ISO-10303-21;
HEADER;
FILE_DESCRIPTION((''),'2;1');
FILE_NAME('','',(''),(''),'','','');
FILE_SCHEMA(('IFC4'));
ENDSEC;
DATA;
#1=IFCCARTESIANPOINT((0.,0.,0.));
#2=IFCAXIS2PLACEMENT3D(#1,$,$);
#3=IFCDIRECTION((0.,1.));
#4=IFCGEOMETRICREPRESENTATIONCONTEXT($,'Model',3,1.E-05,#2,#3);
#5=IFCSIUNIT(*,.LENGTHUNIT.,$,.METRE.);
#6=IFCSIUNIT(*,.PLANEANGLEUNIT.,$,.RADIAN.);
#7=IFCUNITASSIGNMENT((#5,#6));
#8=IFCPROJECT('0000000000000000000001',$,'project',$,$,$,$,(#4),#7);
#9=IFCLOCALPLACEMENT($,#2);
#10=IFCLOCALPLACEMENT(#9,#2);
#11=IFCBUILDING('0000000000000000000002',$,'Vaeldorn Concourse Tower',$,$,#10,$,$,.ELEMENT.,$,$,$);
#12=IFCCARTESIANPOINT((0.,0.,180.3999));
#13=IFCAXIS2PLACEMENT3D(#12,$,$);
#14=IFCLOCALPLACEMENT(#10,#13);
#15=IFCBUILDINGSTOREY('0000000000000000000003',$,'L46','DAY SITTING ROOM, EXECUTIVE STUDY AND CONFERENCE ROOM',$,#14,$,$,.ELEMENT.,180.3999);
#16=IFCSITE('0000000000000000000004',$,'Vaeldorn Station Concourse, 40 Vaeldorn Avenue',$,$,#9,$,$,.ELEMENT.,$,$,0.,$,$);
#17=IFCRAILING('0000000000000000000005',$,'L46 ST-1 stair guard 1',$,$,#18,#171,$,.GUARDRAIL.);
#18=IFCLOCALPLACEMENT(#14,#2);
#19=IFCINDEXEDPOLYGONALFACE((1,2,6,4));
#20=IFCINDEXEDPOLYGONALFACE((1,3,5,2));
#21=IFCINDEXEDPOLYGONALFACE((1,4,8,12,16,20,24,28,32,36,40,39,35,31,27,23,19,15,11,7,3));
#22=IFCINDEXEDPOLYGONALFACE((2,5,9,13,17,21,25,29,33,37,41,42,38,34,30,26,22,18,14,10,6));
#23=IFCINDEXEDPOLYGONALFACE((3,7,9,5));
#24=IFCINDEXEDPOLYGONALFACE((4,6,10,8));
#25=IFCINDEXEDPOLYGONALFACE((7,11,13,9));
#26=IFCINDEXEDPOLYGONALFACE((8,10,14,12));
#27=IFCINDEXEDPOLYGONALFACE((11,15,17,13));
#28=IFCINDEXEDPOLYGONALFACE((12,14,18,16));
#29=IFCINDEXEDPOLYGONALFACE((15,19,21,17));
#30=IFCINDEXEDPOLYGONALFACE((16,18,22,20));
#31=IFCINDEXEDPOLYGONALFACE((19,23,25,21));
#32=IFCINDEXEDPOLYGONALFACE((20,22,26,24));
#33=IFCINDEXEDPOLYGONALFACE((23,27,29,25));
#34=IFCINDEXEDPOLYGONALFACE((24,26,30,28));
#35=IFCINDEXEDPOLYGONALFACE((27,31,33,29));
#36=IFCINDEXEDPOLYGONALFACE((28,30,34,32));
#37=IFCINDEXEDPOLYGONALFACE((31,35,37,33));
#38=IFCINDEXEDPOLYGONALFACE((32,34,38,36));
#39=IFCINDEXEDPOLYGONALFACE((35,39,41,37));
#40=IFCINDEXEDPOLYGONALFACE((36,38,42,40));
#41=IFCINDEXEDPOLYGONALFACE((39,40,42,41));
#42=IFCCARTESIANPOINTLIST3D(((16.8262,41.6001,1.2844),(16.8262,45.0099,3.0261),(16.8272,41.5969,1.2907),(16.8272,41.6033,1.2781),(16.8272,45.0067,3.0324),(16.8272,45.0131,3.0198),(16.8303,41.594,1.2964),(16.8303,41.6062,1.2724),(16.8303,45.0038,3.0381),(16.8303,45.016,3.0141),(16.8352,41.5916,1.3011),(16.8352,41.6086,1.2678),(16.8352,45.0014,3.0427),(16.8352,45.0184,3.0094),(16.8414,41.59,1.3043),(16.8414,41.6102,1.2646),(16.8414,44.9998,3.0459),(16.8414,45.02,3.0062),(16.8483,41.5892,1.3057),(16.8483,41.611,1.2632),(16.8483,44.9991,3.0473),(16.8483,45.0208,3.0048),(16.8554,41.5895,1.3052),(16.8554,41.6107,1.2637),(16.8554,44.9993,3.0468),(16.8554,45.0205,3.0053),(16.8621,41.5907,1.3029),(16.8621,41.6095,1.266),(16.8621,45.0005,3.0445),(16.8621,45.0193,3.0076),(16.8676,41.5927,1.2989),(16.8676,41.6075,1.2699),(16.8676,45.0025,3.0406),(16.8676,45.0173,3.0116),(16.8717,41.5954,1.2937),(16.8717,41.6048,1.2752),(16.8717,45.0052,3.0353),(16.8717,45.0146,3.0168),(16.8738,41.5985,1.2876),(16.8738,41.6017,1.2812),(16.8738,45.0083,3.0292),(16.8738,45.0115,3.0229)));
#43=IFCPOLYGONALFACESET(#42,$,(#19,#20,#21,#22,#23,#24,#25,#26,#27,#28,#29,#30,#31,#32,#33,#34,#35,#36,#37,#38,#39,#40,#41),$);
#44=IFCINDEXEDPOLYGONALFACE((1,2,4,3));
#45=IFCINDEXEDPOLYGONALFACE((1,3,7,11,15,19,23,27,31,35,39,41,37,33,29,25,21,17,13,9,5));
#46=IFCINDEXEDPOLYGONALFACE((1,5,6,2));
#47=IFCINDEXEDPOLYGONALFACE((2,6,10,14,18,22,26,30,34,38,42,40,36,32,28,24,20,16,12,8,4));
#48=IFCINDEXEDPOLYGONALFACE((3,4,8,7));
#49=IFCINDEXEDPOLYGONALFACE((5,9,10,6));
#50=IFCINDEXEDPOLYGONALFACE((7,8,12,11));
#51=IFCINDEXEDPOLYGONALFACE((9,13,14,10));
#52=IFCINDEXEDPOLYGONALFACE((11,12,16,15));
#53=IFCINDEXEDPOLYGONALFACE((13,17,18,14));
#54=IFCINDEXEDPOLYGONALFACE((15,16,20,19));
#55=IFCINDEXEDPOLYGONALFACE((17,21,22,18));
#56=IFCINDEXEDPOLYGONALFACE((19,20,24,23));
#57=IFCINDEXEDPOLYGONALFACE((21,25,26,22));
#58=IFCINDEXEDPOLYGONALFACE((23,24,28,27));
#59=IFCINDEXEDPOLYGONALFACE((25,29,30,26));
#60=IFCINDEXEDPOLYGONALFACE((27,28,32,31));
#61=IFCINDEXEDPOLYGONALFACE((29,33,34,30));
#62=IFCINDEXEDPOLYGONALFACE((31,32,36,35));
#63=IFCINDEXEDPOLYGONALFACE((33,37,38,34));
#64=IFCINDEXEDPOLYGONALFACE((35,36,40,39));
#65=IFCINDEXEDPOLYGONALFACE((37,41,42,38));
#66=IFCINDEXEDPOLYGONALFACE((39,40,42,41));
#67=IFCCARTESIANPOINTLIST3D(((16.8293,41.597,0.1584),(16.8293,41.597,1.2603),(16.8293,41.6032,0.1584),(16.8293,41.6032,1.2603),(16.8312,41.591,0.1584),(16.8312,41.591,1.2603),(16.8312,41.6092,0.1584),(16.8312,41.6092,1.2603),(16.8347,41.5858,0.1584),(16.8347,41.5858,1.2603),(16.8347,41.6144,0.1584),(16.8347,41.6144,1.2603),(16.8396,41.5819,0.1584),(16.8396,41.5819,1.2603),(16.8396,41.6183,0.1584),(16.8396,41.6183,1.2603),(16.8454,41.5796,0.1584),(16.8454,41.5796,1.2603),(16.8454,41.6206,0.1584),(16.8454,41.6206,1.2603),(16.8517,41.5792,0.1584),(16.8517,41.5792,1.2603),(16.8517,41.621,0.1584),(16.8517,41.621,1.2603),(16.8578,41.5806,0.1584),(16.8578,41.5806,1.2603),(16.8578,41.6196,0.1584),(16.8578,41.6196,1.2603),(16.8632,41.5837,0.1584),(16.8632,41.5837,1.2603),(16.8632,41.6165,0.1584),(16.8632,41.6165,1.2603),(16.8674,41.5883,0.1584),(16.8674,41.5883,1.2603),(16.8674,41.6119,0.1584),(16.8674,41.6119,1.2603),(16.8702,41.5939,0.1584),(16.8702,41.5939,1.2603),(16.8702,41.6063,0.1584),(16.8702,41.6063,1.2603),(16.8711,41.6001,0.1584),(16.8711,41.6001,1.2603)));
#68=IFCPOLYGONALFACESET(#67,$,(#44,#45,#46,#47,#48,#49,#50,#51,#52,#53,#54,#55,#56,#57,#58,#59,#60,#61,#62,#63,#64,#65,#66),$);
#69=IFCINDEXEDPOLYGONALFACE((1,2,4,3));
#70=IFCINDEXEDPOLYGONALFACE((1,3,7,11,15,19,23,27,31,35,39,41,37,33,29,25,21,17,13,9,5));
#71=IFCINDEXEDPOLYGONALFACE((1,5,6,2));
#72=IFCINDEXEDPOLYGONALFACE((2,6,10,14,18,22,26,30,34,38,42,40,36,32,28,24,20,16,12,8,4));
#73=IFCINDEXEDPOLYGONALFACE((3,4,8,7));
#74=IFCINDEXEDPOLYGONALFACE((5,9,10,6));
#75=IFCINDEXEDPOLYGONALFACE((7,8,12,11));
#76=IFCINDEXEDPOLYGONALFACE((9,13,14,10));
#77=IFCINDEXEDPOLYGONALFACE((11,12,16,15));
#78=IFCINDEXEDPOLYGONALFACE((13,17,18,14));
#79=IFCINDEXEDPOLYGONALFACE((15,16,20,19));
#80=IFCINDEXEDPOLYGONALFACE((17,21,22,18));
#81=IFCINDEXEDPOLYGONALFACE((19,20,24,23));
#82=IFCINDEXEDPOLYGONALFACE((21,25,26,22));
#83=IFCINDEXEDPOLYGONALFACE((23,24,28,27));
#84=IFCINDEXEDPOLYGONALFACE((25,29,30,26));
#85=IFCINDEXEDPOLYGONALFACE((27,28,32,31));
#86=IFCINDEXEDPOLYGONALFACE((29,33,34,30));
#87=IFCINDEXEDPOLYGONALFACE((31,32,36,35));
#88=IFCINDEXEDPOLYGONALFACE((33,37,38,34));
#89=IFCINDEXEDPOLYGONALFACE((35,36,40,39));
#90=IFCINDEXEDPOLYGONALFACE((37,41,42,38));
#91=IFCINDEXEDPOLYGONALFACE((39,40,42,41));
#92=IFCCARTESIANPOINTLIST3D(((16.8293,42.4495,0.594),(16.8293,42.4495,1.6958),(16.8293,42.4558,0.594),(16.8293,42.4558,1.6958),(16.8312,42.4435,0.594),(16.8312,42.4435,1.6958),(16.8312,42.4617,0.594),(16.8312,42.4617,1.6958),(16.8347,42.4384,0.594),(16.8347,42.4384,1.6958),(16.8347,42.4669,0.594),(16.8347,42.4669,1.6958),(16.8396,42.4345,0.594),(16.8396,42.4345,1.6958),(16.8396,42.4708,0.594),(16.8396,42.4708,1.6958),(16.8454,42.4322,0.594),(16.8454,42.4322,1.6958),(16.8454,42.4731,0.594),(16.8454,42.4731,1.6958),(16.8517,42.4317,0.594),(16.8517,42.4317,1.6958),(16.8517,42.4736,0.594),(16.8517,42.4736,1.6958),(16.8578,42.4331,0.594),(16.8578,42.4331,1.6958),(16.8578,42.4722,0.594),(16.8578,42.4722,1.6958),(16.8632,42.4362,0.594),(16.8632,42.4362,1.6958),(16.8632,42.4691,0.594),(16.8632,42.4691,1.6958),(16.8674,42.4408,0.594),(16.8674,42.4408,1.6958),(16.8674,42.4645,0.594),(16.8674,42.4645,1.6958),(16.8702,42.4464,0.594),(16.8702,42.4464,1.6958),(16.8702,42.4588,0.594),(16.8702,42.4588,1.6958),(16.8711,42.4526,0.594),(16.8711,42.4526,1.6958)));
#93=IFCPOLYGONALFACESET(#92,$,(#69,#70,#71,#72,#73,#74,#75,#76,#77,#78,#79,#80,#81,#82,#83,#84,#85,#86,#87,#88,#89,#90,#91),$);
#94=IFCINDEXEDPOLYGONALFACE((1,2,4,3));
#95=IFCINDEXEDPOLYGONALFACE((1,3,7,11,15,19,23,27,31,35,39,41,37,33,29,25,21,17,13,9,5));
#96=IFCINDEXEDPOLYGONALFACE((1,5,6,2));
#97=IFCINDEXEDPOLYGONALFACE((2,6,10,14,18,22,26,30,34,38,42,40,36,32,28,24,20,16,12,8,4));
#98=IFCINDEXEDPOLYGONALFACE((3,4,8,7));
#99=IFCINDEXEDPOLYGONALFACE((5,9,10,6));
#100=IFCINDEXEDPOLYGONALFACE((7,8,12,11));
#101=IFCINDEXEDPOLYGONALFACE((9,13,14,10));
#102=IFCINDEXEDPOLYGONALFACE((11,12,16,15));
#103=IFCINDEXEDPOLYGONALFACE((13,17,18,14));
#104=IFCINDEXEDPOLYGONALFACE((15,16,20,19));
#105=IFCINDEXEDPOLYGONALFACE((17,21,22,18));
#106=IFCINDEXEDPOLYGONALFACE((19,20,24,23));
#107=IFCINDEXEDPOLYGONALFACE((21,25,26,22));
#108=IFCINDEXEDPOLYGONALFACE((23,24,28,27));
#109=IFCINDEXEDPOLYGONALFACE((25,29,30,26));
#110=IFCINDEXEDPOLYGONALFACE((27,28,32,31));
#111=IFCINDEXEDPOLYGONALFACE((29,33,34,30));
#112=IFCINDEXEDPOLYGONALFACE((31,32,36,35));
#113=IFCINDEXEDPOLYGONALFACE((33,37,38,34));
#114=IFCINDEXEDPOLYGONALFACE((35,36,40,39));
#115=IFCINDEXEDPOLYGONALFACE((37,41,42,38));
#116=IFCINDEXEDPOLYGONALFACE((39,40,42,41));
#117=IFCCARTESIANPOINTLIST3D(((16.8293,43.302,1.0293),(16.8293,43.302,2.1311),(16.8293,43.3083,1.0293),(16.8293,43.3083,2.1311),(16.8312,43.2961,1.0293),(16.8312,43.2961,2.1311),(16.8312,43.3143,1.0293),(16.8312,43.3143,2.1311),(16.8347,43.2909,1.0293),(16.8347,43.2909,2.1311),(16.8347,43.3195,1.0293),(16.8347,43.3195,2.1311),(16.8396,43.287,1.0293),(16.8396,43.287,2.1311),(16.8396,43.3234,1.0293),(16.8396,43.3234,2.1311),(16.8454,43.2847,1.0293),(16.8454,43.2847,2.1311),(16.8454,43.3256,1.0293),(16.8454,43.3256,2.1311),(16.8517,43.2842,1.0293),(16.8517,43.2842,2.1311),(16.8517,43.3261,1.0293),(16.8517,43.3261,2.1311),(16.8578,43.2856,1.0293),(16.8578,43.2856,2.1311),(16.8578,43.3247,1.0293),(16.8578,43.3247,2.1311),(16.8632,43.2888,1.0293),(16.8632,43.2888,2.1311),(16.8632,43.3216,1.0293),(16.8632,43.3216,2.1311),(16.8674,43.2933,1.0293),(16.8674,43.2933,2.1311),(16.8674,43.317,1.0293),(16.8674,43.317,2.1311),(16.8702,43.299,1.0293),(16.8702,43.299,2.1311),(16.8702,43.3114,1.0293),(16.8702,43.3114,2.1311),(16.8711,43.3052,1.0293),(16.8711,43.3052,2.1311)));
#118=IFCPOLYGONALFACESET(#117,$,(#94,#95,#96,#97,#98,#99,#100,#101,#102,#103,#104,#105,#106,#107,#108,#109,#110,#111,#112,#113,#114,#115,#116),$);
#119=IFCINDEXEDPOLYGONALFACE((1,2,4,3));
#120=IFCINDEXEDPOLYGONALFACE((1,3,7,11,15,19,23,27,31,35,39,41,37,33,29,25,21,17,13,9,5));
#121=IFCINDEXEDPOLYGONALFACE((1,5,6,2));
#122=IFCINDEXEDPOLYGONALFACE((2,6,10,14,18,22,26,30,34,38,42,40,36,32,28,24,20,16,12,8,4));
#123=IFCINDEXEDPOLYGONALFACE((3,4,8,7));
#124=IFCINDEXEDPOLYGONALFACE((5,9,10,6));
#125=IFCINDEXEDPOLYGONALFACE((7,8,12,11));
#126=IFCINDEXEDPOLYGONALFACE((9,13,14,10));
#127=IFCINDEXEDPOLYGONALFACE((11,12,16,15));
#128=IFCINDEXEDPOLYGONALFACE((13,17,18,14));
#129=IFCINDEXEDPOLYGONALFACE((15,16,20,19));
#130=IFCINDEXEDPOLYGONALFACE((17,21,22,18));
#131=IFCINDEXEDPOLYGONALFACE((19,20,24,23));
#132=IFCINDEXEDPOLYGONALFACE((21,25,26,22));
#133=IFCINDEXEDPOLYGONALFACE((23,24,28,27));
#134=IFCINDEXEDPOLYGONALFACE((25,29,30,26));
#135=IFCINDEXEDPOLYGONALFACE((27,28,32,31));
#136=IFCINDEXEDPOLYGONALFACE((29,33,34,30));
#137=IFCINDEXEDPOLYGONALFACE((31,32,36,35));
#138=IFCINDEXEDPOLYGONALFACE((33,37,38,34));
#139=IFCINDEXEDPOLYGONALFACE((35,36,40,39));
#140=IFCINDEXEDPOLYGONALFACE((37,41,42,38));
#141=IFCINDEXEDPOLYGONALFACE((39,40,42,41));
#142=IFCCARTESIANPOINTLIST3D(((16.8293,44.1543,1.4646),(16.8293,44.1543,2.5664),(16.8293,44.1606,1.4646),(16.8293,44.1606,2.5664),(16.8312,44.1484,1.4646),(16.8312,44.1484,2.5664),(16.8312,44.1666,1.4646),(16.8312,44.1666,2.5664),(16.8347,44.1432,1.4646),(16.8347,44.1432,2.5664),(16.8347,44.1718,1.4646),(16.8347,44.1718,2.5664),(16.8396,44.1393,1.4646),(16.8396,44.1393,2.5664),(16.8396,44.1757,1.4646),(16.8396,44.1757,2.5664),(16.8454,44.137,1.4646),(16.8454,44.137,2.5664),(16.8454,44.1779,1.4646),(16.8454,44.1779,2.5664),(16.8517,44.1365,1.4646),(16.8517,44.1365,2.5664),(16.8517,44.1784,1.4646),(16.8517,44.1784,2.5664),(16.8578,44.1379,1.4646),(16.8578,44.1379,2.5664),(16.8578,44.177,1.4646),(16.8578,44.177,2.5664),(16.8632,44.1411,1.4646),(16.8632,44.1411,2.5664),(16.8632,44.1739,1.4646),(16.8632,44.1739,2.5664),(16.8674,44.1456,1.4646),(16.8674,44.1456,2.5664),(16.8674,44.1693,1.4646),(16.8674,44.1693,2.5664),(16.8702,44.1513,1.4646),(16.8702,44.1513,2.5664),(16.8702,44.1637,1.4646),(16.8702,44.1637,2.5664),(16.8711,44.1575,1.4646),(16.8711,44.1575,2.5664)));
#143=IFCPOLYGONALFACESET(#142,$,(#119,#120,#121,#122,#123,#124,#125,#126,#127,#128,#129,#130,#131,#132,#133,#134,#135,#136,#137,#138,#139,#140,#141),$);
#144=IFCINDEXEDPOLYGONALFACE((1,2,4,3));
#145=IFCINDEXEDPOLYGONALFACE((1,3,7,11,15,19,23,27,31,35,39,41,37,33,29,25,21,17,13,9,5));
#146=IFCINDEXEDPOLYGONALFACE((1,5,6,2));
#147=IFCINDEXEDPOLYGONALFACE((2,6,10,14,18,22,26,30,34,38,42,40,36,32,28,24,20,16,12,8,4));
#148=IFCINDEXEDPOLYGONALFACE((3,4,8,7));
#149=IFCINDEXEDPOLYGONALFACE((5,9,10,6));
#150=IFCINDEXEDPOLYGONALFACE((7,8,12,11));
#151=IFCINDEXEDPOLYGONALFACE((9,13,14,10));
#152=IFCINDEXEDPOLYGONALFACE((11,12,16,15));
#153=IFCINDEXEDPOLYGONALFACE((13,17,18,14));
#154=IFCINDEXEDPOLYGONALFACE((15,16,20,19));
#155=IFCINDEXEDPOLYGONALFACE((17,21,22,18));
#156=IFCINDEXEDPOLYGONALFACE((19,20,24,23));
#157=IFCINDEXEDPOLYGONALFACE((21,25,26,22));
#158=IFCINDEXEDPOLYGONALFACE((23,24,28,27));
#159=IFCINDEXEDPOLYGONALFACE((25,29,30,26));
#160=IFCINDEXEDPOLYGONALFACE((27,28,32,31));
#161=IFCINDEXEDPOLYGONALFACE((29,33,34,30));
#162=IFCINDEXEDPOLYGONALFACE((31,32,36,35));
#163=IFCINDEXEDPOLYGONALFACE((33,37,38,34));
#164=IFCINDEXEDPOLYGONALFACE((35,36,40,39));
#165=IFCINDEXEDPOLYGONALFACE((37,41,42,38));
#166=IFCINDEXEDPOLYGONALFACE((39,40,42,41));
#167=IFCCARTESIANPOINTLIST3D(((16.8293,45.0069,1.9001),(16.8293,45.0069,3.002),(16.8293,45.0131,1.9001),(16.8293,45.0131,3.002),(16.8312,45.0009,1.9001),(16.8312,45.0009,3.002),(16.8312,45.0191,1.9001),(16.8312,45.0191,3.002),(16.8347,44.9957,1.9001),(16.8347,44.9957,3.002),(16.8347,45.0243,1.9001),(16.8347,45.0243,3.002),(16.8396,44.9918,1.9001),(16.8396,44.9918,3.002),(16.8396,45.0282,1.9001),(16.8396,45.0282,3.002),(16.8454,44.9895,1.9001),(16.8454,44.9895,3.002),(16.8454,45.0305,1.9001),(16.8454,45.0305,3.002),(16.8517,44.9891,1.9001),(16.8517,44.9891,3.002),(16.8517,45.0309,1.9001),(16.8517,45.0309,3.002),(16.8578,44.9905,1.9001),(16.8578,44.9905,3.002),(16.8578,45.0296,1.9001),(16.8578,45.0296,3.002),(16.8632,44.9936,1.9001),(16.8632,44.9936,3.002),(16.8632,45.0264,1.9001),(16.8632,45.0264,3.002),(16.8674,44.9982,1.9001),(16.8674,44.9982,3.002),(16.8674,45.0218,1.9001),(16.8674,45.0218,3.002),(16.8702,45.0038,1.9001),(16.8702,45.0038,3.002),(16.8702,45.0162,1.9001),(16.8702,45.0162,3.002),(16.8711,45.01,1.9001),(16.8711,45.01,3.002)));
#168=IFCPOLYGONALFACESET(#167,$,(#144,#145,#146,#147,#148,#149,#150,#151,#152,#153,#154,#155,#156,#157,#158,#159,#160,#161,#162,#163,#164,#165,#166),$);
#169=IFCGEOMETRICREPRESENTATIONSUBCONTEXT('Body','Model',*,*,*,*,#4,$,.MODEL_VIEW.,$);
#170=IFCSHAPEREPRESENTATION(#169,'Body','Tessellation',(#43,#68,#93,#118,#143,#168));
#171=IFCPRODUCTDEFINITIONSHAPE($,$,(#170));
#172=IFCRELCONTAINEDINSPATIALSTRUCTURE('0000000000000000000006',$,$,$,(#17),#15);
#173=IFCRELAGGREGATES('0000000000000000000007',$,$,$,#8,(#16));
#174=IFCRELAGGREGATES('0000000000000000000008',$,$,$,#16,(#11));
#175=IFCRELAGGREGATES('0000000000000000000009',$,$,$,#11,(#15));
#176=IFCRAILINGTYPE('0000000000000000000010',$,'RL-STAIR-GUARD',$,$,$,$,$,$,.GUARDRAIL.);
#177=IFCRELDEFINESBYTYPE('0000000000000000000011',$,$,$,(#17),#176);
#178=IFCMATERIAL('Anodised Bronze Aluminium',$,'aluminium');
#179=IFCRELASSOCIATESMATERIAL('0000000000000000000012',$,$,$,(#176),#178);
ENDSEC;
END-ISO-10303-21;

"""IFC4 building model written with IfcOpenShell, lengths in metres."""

from ifc_helpers import new_model, si_unit, direction, frame, origin, origin_2d, place, context, subcontext, project, spatial, circle, extrude, material, type_object, element, save


model = new_model("IFC4")

# Units and contexts
model_context = context("Model", 3, precision=1e-05, world=origin(), true_north=direction((0.0, 1.0)))
body_context = subcontext(model_context, "Body", "Model", "MODEL_VIEW")
ifc_project = project(units=[si_unit("LENGTHUNIT", "METRE"), si_unit("PLANEANGLEUNIT", "RADIAN")], contexts=[model_context])

# Site, building, storey
site_placement = place(None, origin())
site = spatial("IfcSite", under=ifc_project, at=site_placement, Name="Vaeldorn Station Concourse, 40 Vaeldorn Avenue", CompositionType="ELEMENT", RefElevation=0.0)
building_placement = place(site_placement, origin())
building = spatial("IfcBuilding", under=site, at=building_placement, Name="Vaeldorn Concourse Tower", CompositionType="ELEMENT")
storey_placement = place(building_placement, frame((0.0, 0.0, 180.3999)))
storey = spatial("IfcBuildingStorey", under=building, at=storey_placement, Name="L46", Description="DAY SITTING ROOM, EXECUTIVE STUDY AND CONFERENCE ROOM", CompositionType="ELEMENT", Elevation=180.3999)

# Shared definitions
ifc_material_1 = material(Name="Anodised Bronze Aluminium", Category="aluminium")

# Railing
railing_type_1 = type_object("IfcRailingType", Name="RL-STAIR-GUARD", PredefinedType="GUARDRAIL", material=ifc_material_1)
railing_1_placement = place(storey_placement, frame((16.8501, 41.6001, 0.1584)))
element("IfcRailing", 1, at=railing_1_placement, inside=storey, type_object=railing_type_1, Name="L46 ST-1 stair guard 1", PredefinedType="GUARDRAIL", context=body_context, shape_type="SweptSolid", body=[
    extrude(circle(Radius=0.0239, at=origin_2d()), frame((0.0, 0.0, 1.126), z_axis=(0.0, 0.890556, 0.454874), x_axis=(-1.0, 0.0, 0.0)), (0.0, 0.0, 1.0), 3.8289),
    extrude(circle(Radius=0.021, at=origin_2d()), origin(), (0.0, 0.0, 1.0), 1.1018),
    extrude(circle(Radius=0.021, at=origin_2d()), frame((0.0, 0.8525, 0.4355)), (0.0, 0.0, 1.0), 1.1018),
    extrude(circle(Radius=0.021, at=origin_2d()), frame((0.0, 1.7051, 0.8708)), (0.0, 0.0, 1.0), 1.1018),
    extrude(circle(Radius=0.021, at=origin_2d()), frame((0.0, 2.5574, 1.3062)), (0.0, 0.0, 1.0), 1.1018),
    extrude(circle(Radius=0.021, at=origin_2d()), frame((0.0, 3.4099, 1.7417)), (0.0, 0.0, 1.0), 1.1018),
])

save(model, "model.ifc")
